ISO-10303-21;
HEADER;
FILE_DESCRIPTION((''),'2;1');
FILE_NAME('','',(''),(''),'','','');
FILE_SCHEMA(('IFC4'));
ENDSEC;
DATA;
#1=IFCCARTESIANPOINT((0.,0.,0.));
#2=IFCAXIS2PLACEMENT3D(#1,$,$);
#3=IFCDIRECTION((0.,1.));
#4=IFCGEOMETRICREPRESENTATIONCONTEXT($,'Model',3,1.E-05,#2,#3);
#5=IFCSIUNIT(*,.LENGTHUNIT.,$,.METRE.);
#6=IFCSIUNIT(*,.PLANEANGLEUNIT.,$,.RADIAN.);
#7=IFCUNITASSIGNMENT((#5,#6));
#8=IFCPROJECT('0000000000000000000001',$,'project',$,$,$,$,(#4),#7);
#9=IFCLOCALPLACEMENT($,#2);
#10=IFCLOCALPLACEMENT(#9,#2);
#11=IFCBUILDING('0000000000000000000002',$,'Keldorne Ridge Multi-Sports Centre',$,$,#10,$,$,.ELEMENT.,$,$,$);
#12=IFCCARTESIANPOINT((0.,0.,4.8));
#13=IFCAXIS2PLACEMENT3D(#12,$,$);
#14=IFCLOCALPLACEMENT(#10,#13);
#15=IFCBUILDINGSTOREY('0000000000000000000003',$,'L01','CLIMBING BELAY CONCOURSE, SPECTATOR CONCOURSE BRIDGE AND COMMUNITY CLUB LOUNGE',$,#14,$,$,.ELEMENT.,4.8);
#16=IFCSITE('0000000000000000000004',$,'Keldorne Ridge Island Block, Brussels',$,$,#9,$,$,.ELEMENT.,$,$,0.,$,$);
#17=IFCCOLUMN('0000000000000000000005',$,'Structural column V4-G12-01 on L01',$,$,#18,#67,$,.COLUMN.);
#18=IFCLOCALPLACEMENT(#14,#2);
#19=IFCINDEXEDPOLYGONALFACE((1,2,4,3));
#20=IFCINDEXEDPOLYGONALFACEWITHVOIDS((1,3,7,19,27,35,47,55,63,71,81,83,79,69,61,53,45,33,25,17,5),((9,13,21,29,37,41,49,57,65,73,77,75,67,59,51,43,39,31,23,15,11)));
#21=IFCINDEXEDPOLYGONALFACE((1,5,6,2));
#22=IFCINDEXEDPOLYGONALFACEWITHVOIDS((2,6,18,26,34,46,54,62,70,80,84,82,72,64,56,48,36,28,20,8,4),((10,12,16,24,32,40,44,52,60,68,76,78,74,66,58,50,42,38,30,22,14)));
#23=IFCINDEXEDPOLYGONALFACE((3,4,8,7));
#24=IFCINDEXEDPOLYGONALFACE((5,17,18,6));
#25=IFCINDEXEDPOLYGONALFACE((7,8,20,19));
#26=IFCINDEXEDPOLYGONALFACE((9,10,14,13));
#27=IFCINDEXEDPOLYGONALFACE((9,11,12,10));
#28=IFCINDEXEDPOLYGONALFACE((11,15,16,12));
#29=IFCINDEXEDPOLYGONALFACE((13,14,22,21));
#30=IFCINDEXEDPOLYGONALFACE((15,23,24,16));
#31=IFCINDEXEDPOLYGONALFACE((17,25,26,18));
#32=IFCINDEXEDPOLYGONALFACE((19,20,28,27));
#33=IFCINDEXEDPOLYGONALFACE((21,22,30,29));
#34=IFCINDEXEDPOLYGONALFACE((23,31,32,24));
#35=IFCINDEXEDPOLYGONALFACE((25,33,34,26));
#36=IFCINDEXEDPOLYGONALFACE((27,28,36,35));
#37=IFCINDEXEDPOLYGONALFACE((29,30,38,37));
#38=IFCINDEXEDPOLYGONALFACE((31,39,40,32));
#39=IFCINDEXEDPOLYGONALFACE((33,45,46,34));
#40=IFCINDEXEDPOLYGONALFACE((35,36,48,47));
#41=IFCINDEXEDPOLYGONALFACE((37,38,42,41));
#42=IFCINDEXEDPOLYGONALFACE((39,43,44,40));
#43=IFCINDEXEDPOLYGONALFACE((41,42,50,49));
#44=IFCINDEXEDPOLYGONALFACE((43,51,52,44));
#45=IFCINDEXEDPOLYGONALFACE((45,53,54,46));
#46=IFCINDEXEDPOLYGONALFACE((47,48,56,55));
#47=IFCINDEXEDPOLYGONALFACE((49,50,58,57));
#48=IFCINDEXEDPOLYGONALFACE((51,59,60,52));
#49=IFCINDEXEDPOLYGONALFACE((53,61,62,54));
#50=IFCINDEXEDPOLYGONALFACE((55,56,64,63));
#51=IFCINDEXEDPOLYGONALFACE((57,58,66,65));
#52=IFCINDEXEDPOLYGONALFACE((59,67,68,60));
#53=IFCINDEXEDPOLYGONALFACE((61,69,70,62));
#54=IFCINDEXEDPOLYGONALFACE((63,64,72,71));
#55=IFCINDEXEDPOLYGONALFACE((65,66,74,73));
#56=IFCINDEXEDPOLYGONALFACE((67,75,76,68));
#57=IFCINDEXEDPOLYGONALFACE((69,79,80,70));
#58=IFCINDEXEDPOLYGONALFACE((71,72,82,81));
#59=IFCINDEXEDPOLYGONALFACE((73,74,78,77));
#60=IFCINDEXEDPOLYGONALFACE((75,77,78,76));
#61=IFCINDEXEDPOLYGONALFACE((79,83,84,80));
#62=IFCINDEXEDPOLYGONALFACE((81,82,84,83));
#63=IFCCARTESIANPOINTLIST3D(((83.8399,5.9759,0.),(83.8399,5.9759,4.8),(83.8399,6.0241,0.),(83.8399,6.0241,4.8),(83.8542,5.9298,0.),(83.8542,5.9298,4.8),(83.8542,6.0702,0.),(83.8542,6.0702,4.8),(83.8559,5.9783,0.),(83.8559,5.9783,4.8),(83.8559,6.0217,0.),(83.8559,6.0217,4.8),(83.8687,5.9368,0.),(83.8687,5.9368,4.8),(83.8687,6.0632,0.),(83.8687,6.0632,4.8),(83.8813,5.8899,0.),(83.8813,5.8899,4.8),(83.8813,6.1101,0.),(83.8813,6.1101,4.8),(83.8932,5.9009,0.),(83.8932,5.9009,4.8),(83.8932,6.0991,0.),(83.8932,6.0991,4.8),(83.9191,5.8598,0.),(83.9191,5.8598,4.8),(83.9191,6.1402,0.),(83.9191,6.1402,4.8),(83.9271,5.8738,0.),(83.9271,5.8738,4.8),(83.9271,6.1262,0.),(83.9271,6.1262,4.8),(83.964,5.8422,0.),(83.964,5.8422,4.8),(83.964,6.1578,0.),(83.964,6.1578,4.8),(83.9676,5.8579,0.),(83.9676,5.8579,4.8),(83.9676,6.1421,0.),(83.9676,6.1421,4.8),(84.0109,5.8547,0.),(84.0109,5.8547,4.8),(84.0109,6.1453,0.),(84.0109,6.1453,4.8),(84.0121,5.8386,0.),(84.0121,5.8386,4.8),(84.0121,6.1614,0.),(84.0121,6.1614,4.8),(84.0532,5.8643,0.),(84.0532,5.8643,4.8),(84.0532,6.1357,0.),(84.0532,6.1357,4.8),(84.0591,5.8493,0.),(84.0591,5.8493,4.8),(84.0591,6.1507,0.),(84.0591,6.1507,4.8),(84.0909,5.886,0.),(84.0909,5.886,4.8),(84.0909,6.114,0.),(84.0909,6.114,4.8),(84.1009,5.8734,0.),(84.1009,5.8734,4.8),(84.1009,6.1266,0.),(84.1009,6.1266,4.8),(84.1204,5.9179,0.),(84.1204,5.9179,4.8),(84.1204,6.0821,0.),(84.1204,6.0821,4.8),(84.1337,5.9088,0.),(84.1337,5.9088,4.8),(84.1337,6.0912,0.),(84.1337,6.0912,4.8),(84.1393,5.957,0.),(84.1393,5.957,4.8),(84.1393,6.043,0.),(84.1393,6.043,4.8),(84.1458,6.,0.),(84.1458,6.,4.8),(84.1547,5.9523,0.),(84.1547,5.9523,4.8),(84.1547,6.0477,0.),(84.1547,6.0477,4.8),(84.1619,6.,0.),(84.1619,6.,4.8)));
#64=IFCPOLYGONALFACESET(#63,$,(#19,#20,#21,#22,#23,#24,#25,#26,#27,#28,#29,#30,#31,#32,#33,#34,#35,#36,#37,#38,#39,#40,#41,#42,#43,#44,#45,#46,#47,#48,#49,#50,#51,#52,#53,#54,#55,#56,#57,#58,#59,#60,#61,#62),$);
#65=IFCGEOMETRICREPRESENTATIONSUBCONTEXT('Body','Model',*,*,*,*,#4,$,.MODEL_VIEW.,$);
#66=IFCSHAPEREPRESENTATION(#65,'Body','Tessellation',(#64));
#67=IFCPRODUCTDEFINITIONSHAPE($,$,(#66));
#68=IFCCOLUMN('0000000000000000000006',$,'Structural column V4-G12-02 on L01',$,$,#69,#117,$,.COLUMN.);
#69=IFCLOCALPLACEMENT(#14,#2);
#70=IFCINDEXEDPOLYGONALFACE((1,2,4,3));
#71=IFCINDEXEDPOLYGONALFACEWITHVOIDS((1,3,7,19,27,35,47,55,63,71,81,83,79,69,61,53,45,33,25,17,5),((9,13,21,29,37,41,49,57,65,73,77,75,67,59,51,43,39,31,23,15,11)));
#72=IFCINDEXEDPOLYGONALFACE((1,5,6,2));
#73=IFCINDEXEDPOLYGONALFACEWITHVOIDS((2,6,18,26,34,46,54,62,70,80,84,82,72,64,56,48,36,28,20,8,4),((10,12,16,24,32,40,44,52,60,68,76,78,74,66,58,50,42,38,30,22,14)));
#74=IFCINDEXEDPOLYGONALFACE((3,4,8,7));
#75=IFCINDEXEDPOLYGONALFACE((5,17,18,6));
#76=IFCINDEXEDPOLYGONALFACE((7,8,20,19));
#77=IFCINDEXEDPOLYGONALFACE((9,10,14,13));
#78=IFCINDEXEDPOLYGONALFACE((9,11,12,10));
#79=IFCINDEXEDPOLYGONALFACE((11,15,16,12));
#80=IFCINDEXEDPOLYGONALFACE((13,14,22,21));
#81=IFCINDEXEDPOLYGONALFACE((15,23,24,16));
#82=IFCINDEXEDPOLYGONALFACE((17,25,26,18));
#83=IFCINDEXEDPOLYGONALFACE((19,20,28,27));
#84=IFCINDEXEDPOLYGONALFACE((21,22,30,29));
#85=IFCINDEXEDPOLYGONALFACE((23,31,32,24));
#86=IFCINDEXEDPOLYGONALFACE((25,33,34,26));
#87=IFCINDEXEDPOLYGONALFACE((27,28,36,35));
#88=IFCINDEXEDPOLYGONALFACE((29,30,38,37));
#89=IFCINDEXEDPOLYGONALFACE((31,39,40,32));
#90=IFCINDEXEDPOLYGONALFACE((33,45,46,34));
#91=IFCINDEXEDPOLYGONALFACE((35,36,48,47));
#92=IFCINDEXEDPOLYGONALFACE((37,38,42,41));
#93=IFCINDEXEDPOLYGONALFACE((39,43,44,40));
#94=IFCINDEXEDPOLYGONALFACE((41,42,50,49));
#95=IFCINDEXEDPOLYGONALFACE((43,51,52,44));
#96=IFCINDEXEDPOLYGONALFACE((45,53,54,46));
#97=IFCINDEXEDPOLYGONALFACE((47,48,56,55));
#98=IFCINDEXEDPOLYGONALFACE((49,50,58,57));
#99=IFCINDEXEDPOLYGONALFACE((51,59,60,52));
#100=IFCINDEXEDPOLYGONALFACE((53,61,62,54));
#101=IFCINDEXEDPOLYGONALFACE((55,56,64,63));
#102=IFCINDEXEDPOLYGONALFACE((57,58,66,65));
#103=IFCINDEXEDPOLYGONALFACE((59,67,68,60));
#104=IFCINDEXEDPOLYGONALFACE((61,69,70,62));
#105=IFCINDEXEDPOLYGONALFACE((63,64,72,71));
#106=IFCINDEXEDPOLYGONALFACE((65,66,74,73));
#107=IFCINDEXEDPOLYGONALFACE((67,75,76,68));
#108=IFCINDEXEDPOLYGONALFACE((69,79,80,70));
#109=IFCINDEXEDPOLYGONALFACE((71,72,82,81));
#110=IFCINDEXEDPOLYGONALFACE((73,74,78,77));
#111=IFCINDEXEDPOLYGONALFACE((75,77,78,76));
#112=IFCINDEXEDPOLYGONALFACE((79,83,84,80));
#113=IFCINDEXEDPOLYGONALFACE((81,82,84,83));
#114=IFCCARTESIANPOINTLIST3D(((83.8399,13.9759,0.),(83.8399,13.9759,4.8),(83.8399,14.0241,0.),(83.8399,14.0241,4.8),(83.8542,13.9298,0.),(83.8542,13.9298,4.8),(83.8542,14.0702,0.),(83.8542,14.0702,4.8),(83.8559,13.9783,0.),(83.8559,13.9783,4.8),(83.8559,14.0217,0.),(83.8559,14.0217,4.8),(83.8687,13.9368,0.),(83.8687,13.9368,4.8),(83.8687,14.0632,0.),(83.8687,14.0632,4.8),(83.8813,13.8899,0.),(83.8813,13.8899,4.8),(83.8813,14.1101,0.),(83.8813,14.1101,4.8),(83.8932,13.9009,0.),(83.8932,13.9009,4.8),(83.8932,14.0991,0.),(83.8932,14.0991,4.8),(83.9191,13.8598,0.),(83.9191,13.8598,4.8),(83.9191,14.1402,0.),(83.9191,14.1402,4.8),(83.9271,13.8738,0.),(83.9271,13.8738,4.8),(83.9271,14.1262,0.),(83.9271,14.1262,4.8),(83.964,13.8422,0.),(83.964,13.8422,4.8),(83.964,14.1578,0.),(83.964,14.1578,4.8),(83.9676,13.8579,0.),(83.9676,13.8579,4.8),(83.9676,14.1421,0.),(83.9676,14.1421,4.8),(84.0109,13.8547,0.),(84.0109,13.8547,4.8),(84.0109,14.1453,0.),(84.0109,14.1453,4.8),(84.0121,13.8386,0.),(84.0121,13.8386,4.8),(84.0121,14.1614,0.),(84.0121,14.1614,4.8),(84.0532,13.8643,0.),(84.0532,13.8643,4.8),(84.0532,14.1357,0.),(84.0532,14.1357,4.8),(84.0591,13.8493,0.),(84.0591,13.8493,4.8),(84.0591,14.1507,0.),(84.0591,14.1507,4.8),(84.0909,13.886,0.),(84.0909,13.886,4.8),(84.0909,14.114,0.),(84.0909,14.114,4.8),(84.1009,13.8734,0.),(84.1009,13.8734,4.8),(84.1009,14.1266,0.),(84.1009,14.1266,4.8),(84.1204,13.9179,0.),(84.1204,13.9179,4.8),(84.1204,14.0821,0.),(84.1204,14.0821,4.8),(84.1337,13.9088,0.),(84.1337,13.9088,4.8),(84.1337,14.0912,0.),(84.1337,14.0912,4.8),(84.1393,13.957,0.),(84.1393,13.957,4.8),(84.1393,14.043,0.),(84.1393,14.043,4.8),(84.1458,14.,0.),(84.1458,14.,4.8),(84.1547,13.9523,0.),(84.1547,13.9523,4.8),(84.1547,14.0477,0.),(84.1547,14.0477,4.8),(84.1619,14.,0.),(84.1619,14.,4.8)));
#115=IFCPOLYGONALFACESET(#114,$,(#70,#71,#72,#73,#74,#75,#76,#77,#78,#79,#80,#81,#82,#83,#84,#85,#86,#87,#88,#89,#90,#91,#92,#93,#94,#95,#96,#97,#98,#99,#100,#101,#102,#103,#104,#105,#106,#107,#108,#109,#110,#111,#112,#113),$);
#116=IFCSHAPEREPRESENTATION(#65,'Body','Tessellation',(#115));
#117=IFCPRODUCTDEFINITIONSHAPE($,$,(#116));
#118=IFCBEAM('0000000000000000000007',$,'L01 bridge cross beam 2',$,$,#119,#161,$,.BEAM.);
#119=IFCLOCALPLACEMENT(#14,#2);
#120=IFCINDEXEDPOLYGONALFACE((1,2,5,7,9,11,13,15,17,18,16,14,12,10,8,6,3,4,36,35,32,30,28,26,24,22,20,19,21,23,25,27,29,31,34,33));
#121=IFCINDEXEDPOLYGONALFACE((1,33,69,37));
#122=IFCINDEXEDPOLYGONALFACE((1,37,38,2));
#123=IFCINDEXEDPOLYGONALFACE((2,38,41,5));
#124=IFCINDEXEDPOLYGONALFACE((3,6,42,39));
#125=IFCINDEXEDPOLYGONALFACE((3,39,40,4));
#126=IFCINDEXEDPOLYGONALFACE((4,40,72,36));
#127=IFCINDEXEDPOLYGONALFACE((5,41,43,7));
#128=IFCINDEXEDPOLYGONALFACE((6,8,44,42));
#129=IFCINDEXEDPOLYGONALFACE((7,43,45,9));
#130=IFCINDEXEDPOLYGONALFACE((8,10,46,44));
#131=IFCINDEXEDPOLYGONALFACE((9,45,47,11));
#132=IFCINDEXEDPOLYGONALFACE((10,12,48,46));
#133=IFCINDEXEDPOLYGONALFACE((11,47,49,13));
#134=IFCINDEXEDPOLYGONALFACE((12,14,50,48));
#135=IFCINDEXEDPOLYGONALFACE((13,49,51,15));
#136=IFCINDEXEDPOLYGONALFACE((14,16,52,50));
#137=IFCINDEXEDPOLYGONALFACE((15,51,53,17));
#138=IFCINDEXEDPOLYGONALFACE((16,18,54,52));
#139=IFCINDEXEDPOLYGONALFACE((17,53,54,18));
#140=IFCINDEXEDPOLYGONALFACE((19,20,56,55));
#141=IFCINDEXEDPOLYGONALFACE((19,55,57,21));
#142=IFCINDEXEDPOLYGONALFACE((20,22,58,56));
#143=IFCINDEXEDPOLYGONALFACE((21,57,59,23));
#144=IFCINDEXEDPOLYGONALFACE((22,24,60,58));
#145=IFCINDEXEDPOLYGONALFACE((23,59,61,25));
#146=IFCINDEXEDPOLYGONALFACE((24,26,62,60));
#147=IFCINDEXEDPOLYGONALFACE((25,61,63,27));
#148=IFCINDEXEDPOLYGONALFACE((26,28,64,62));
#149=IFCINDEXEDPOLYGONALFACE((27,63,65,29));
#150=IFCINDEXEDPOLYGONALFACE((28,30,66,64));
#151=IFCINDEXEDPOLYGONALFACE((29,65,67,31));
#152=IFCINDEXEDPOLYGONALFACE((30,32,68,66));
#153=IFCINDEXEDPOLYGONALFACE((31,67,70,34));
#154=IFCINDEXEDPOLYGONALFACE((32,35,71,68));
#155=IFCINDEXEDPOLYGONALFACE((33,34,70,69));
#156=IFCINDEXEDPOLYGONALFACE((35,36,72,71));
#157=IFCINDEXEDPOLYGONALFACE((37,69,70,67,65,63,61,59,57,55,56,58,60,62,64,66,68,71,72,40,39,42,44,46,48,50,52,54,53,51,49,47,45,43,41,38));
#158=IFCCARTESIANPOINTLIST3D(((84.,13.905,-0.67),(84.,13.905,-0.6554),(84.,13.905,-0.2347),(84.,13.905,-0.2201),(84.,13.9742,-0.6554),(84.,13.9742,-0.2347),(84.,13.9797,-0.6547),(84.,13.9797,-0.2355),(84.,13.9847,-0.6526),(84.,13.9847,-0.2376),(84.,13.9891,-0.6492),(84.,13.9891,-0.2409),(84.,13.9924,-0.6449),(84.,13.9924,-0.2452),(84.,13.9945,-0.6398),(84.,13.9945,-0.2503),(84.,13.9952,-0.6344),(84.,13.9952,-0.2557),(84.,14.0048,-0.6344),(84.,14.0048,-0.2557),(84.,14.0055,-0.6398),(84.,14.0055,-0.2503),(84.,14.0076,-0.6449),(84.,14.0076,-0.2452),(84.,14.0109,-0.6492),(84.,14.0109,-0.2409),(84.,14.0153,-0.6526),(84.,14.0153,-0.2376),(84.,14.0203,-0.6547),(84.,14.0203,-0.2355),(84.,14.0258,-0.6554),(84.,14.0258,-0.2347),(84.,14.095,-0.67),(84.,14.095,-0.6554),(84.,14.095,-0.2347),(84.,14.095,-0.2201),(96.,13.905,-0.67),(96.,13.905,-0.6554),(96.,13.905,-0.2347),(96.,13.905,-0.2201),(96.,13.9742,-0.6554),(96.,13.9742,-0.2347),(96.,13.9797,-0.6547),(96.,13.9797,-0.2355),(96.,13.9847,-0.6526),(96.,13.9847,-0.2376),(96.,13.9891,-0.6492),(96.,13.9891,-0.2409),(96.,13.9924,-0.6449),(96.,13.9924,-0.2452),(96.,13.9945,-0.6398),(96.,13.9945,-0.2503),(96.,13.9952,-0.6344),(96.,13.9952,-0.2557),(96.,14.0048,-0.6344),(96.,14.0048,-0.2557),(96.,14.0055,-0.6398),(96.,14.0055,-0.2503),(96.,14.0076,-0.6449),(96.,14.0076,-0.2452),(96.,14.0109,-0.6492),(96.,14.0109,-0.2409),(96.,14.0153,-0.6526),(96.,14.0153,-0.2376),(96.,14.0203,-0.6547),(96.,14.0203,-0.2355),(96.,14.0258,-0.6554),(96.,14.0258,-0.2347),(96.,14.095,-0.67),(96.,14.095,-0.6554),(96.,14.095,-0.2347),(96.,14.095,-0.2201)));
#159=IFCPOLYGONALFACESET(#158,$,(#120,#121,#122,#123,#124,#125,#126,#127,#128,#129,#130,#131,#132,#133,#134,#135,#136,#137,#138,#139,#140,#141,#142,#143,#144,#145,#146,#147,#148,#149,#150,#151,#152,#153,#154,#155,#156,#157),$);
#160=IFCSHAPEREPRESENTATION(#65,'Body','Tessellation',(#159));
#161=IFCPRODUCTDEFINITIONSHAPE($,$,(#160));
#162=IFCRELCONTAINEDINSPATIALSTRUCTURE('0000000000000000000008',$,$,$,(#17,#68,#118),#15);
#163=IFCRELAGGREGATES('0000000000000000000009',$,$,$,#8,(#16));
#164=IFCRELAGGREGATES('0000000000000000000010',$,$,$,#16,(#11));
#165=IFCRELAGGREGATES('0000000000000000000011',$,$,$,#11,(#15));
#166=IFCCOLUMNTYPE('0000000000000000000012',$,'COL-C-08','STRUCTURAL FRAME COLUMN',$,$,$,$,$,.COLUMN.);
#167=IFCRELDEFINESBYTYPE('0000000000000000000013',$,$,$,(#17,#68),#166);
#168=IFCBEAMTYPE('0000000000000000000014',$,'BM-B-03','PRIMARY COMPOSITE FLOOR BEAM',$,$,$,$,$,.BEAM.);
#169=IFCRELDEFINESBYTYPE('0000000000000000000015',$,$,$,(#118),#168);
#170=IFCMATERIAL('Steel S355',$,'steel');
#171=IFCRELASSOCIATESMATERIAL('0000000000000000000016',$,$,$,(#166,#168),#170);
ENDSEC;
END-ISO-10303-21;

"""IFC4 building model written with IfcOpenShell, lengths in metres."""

from ifc_helpers import new_model, si_unit, direction, frame, origin, origin_2d, place, context, subcontext, project, spatial, hollow_circle, i_section, extrude, material, material_profile, profile_set, type_object, element, save


model = new_model("IFC4")

# Units and contexts
model_context = context("Model", 3, precision=1e-05, world=origin(), true_north=direction((0.0, 1.0)))
body_context = subcontext(model_context, "Body", "Model", "MODEL_VIEW")
ifc_project = project(units=[si_unit("LENGTHUNIT", "METRE"), si_unit("PLANEANGLEUNIT", "RADIAN")], contexts=[model_context])

# Site, building, storey
site_placement = place(None, origin())
site = spatial("IfcSite", under=ifc_project, at=site_placement, Name="Keldorne Ridge Island Block, Brussels", CompositionType="ELEMENT", RefElevation=0.0)
building_placement = place(site_placement, origin())
building = spatial("IfcBuilding", under=site, at=building_placement, Name="Keldorne Ridge Multi-Sports Centre", CompositionType="ELEMENT")
storey_placement = place(building_placement, frame((0.0, 0.0, 4.8)))
storey = spatial("IfcBuildingStorey", under=building, at=storey_placement, Name="L01", Description="CLIMBING BELAY CONCOURSE, SPECTATOR CONCOURSE BRIDGE AND COMMUNITY CLUB LOUNGE", CompositionType="ELEMENT", Elevation=4.8)

# Columns
ifc_material_1 = material(Name="Steel S355", Category="steel")
ifc_material_profile_1 = material_profile(ifc_material_1, hollow_circle(Radius=0.1619, WallThickness=0.0161, at=origin_2d()), Name="CHS 323.9x16")
ifc_profile_set_1 = profile_set([ifc_material_profile_1], Name="Steel S355")
column_type = type_object("IfcColumnType", Name="COL-C-08", Description="STRUCTURAL FRAME COLUMN", PredefinedType="COLUMN", material=ifc_profile_set_1)
for number, where, z_axis, x_axis, name in (
    (1, (84.0, 6.0, 0.0), (0.0, 0.0, 1.0), (1.0, 0.0, 0.0), "Structural column V4-G12-01 on L01"),
    (2, (84.0, 14.0, 0.0), (0.0, 0.0, 1.0), (1.0, 0.0, 0.0), "Structural column V4-G12-02 on L01"),
):
    element("IfcColumn", number, at=place(storey_placement, frame(where, z_axis=z_axis, x_axis=x_axis)), inside=storey, type_object=column_type, Name=name, PredefinedType="COLUMN", context=body_context, shape_type="SweptSolid", body=[
        extrude(hollow_circle(Radius=0.1619, WallThickness=0.0161, at=origin_2d()), origin(), (0.0, 0.0, 1.0), 4.8),
    ])

# Beam
ifc_material_profile_2 = material_profile(ifc_material_1, i_section(OverallWidth=0.1899, OverallDepth=0.45, WebThickness=0.0095, FlangeThickness=0.0146, FilletRadius=0.021, at=origin_2d()), Name="IPE 450")
ifc_profile_set_2 = profile_set([ifc_material_profile_2], Name="Steel S355")
beam_type_1 = type_object("IfcBeamType", Name="BM-B-03", Description="PRIMARY COMPOSITE FLOOR BEAM", PredefinedType="BEAM", material=ifc_profile_set_2)
beam_1_placement = place(storey_placement, frame((84.0, 14.0, -0.4451), z_axis=(1.0, 0.0, 0.0), x_axis=(0.0, 1.0, 0.0)))
element("IfcBeam", 3, at=beam_1_placement, inside=storey, type_object=beam_type_1, Name="L01 bridge cross beam 2", PredefinedType="BEAM", context=body_context, shape_type="SweptSolid", body=[
    extrude(i_section(OverallWidth=0.1899, OverallDepth=0.45, WebThickness=0.0095, FlangeThickness=0.0146, FilletRadius=0.021, at=origin_2d()), origin(), (0.0, 0.0, 1.0), 12.0),
])

save(model, "model.ifc")
